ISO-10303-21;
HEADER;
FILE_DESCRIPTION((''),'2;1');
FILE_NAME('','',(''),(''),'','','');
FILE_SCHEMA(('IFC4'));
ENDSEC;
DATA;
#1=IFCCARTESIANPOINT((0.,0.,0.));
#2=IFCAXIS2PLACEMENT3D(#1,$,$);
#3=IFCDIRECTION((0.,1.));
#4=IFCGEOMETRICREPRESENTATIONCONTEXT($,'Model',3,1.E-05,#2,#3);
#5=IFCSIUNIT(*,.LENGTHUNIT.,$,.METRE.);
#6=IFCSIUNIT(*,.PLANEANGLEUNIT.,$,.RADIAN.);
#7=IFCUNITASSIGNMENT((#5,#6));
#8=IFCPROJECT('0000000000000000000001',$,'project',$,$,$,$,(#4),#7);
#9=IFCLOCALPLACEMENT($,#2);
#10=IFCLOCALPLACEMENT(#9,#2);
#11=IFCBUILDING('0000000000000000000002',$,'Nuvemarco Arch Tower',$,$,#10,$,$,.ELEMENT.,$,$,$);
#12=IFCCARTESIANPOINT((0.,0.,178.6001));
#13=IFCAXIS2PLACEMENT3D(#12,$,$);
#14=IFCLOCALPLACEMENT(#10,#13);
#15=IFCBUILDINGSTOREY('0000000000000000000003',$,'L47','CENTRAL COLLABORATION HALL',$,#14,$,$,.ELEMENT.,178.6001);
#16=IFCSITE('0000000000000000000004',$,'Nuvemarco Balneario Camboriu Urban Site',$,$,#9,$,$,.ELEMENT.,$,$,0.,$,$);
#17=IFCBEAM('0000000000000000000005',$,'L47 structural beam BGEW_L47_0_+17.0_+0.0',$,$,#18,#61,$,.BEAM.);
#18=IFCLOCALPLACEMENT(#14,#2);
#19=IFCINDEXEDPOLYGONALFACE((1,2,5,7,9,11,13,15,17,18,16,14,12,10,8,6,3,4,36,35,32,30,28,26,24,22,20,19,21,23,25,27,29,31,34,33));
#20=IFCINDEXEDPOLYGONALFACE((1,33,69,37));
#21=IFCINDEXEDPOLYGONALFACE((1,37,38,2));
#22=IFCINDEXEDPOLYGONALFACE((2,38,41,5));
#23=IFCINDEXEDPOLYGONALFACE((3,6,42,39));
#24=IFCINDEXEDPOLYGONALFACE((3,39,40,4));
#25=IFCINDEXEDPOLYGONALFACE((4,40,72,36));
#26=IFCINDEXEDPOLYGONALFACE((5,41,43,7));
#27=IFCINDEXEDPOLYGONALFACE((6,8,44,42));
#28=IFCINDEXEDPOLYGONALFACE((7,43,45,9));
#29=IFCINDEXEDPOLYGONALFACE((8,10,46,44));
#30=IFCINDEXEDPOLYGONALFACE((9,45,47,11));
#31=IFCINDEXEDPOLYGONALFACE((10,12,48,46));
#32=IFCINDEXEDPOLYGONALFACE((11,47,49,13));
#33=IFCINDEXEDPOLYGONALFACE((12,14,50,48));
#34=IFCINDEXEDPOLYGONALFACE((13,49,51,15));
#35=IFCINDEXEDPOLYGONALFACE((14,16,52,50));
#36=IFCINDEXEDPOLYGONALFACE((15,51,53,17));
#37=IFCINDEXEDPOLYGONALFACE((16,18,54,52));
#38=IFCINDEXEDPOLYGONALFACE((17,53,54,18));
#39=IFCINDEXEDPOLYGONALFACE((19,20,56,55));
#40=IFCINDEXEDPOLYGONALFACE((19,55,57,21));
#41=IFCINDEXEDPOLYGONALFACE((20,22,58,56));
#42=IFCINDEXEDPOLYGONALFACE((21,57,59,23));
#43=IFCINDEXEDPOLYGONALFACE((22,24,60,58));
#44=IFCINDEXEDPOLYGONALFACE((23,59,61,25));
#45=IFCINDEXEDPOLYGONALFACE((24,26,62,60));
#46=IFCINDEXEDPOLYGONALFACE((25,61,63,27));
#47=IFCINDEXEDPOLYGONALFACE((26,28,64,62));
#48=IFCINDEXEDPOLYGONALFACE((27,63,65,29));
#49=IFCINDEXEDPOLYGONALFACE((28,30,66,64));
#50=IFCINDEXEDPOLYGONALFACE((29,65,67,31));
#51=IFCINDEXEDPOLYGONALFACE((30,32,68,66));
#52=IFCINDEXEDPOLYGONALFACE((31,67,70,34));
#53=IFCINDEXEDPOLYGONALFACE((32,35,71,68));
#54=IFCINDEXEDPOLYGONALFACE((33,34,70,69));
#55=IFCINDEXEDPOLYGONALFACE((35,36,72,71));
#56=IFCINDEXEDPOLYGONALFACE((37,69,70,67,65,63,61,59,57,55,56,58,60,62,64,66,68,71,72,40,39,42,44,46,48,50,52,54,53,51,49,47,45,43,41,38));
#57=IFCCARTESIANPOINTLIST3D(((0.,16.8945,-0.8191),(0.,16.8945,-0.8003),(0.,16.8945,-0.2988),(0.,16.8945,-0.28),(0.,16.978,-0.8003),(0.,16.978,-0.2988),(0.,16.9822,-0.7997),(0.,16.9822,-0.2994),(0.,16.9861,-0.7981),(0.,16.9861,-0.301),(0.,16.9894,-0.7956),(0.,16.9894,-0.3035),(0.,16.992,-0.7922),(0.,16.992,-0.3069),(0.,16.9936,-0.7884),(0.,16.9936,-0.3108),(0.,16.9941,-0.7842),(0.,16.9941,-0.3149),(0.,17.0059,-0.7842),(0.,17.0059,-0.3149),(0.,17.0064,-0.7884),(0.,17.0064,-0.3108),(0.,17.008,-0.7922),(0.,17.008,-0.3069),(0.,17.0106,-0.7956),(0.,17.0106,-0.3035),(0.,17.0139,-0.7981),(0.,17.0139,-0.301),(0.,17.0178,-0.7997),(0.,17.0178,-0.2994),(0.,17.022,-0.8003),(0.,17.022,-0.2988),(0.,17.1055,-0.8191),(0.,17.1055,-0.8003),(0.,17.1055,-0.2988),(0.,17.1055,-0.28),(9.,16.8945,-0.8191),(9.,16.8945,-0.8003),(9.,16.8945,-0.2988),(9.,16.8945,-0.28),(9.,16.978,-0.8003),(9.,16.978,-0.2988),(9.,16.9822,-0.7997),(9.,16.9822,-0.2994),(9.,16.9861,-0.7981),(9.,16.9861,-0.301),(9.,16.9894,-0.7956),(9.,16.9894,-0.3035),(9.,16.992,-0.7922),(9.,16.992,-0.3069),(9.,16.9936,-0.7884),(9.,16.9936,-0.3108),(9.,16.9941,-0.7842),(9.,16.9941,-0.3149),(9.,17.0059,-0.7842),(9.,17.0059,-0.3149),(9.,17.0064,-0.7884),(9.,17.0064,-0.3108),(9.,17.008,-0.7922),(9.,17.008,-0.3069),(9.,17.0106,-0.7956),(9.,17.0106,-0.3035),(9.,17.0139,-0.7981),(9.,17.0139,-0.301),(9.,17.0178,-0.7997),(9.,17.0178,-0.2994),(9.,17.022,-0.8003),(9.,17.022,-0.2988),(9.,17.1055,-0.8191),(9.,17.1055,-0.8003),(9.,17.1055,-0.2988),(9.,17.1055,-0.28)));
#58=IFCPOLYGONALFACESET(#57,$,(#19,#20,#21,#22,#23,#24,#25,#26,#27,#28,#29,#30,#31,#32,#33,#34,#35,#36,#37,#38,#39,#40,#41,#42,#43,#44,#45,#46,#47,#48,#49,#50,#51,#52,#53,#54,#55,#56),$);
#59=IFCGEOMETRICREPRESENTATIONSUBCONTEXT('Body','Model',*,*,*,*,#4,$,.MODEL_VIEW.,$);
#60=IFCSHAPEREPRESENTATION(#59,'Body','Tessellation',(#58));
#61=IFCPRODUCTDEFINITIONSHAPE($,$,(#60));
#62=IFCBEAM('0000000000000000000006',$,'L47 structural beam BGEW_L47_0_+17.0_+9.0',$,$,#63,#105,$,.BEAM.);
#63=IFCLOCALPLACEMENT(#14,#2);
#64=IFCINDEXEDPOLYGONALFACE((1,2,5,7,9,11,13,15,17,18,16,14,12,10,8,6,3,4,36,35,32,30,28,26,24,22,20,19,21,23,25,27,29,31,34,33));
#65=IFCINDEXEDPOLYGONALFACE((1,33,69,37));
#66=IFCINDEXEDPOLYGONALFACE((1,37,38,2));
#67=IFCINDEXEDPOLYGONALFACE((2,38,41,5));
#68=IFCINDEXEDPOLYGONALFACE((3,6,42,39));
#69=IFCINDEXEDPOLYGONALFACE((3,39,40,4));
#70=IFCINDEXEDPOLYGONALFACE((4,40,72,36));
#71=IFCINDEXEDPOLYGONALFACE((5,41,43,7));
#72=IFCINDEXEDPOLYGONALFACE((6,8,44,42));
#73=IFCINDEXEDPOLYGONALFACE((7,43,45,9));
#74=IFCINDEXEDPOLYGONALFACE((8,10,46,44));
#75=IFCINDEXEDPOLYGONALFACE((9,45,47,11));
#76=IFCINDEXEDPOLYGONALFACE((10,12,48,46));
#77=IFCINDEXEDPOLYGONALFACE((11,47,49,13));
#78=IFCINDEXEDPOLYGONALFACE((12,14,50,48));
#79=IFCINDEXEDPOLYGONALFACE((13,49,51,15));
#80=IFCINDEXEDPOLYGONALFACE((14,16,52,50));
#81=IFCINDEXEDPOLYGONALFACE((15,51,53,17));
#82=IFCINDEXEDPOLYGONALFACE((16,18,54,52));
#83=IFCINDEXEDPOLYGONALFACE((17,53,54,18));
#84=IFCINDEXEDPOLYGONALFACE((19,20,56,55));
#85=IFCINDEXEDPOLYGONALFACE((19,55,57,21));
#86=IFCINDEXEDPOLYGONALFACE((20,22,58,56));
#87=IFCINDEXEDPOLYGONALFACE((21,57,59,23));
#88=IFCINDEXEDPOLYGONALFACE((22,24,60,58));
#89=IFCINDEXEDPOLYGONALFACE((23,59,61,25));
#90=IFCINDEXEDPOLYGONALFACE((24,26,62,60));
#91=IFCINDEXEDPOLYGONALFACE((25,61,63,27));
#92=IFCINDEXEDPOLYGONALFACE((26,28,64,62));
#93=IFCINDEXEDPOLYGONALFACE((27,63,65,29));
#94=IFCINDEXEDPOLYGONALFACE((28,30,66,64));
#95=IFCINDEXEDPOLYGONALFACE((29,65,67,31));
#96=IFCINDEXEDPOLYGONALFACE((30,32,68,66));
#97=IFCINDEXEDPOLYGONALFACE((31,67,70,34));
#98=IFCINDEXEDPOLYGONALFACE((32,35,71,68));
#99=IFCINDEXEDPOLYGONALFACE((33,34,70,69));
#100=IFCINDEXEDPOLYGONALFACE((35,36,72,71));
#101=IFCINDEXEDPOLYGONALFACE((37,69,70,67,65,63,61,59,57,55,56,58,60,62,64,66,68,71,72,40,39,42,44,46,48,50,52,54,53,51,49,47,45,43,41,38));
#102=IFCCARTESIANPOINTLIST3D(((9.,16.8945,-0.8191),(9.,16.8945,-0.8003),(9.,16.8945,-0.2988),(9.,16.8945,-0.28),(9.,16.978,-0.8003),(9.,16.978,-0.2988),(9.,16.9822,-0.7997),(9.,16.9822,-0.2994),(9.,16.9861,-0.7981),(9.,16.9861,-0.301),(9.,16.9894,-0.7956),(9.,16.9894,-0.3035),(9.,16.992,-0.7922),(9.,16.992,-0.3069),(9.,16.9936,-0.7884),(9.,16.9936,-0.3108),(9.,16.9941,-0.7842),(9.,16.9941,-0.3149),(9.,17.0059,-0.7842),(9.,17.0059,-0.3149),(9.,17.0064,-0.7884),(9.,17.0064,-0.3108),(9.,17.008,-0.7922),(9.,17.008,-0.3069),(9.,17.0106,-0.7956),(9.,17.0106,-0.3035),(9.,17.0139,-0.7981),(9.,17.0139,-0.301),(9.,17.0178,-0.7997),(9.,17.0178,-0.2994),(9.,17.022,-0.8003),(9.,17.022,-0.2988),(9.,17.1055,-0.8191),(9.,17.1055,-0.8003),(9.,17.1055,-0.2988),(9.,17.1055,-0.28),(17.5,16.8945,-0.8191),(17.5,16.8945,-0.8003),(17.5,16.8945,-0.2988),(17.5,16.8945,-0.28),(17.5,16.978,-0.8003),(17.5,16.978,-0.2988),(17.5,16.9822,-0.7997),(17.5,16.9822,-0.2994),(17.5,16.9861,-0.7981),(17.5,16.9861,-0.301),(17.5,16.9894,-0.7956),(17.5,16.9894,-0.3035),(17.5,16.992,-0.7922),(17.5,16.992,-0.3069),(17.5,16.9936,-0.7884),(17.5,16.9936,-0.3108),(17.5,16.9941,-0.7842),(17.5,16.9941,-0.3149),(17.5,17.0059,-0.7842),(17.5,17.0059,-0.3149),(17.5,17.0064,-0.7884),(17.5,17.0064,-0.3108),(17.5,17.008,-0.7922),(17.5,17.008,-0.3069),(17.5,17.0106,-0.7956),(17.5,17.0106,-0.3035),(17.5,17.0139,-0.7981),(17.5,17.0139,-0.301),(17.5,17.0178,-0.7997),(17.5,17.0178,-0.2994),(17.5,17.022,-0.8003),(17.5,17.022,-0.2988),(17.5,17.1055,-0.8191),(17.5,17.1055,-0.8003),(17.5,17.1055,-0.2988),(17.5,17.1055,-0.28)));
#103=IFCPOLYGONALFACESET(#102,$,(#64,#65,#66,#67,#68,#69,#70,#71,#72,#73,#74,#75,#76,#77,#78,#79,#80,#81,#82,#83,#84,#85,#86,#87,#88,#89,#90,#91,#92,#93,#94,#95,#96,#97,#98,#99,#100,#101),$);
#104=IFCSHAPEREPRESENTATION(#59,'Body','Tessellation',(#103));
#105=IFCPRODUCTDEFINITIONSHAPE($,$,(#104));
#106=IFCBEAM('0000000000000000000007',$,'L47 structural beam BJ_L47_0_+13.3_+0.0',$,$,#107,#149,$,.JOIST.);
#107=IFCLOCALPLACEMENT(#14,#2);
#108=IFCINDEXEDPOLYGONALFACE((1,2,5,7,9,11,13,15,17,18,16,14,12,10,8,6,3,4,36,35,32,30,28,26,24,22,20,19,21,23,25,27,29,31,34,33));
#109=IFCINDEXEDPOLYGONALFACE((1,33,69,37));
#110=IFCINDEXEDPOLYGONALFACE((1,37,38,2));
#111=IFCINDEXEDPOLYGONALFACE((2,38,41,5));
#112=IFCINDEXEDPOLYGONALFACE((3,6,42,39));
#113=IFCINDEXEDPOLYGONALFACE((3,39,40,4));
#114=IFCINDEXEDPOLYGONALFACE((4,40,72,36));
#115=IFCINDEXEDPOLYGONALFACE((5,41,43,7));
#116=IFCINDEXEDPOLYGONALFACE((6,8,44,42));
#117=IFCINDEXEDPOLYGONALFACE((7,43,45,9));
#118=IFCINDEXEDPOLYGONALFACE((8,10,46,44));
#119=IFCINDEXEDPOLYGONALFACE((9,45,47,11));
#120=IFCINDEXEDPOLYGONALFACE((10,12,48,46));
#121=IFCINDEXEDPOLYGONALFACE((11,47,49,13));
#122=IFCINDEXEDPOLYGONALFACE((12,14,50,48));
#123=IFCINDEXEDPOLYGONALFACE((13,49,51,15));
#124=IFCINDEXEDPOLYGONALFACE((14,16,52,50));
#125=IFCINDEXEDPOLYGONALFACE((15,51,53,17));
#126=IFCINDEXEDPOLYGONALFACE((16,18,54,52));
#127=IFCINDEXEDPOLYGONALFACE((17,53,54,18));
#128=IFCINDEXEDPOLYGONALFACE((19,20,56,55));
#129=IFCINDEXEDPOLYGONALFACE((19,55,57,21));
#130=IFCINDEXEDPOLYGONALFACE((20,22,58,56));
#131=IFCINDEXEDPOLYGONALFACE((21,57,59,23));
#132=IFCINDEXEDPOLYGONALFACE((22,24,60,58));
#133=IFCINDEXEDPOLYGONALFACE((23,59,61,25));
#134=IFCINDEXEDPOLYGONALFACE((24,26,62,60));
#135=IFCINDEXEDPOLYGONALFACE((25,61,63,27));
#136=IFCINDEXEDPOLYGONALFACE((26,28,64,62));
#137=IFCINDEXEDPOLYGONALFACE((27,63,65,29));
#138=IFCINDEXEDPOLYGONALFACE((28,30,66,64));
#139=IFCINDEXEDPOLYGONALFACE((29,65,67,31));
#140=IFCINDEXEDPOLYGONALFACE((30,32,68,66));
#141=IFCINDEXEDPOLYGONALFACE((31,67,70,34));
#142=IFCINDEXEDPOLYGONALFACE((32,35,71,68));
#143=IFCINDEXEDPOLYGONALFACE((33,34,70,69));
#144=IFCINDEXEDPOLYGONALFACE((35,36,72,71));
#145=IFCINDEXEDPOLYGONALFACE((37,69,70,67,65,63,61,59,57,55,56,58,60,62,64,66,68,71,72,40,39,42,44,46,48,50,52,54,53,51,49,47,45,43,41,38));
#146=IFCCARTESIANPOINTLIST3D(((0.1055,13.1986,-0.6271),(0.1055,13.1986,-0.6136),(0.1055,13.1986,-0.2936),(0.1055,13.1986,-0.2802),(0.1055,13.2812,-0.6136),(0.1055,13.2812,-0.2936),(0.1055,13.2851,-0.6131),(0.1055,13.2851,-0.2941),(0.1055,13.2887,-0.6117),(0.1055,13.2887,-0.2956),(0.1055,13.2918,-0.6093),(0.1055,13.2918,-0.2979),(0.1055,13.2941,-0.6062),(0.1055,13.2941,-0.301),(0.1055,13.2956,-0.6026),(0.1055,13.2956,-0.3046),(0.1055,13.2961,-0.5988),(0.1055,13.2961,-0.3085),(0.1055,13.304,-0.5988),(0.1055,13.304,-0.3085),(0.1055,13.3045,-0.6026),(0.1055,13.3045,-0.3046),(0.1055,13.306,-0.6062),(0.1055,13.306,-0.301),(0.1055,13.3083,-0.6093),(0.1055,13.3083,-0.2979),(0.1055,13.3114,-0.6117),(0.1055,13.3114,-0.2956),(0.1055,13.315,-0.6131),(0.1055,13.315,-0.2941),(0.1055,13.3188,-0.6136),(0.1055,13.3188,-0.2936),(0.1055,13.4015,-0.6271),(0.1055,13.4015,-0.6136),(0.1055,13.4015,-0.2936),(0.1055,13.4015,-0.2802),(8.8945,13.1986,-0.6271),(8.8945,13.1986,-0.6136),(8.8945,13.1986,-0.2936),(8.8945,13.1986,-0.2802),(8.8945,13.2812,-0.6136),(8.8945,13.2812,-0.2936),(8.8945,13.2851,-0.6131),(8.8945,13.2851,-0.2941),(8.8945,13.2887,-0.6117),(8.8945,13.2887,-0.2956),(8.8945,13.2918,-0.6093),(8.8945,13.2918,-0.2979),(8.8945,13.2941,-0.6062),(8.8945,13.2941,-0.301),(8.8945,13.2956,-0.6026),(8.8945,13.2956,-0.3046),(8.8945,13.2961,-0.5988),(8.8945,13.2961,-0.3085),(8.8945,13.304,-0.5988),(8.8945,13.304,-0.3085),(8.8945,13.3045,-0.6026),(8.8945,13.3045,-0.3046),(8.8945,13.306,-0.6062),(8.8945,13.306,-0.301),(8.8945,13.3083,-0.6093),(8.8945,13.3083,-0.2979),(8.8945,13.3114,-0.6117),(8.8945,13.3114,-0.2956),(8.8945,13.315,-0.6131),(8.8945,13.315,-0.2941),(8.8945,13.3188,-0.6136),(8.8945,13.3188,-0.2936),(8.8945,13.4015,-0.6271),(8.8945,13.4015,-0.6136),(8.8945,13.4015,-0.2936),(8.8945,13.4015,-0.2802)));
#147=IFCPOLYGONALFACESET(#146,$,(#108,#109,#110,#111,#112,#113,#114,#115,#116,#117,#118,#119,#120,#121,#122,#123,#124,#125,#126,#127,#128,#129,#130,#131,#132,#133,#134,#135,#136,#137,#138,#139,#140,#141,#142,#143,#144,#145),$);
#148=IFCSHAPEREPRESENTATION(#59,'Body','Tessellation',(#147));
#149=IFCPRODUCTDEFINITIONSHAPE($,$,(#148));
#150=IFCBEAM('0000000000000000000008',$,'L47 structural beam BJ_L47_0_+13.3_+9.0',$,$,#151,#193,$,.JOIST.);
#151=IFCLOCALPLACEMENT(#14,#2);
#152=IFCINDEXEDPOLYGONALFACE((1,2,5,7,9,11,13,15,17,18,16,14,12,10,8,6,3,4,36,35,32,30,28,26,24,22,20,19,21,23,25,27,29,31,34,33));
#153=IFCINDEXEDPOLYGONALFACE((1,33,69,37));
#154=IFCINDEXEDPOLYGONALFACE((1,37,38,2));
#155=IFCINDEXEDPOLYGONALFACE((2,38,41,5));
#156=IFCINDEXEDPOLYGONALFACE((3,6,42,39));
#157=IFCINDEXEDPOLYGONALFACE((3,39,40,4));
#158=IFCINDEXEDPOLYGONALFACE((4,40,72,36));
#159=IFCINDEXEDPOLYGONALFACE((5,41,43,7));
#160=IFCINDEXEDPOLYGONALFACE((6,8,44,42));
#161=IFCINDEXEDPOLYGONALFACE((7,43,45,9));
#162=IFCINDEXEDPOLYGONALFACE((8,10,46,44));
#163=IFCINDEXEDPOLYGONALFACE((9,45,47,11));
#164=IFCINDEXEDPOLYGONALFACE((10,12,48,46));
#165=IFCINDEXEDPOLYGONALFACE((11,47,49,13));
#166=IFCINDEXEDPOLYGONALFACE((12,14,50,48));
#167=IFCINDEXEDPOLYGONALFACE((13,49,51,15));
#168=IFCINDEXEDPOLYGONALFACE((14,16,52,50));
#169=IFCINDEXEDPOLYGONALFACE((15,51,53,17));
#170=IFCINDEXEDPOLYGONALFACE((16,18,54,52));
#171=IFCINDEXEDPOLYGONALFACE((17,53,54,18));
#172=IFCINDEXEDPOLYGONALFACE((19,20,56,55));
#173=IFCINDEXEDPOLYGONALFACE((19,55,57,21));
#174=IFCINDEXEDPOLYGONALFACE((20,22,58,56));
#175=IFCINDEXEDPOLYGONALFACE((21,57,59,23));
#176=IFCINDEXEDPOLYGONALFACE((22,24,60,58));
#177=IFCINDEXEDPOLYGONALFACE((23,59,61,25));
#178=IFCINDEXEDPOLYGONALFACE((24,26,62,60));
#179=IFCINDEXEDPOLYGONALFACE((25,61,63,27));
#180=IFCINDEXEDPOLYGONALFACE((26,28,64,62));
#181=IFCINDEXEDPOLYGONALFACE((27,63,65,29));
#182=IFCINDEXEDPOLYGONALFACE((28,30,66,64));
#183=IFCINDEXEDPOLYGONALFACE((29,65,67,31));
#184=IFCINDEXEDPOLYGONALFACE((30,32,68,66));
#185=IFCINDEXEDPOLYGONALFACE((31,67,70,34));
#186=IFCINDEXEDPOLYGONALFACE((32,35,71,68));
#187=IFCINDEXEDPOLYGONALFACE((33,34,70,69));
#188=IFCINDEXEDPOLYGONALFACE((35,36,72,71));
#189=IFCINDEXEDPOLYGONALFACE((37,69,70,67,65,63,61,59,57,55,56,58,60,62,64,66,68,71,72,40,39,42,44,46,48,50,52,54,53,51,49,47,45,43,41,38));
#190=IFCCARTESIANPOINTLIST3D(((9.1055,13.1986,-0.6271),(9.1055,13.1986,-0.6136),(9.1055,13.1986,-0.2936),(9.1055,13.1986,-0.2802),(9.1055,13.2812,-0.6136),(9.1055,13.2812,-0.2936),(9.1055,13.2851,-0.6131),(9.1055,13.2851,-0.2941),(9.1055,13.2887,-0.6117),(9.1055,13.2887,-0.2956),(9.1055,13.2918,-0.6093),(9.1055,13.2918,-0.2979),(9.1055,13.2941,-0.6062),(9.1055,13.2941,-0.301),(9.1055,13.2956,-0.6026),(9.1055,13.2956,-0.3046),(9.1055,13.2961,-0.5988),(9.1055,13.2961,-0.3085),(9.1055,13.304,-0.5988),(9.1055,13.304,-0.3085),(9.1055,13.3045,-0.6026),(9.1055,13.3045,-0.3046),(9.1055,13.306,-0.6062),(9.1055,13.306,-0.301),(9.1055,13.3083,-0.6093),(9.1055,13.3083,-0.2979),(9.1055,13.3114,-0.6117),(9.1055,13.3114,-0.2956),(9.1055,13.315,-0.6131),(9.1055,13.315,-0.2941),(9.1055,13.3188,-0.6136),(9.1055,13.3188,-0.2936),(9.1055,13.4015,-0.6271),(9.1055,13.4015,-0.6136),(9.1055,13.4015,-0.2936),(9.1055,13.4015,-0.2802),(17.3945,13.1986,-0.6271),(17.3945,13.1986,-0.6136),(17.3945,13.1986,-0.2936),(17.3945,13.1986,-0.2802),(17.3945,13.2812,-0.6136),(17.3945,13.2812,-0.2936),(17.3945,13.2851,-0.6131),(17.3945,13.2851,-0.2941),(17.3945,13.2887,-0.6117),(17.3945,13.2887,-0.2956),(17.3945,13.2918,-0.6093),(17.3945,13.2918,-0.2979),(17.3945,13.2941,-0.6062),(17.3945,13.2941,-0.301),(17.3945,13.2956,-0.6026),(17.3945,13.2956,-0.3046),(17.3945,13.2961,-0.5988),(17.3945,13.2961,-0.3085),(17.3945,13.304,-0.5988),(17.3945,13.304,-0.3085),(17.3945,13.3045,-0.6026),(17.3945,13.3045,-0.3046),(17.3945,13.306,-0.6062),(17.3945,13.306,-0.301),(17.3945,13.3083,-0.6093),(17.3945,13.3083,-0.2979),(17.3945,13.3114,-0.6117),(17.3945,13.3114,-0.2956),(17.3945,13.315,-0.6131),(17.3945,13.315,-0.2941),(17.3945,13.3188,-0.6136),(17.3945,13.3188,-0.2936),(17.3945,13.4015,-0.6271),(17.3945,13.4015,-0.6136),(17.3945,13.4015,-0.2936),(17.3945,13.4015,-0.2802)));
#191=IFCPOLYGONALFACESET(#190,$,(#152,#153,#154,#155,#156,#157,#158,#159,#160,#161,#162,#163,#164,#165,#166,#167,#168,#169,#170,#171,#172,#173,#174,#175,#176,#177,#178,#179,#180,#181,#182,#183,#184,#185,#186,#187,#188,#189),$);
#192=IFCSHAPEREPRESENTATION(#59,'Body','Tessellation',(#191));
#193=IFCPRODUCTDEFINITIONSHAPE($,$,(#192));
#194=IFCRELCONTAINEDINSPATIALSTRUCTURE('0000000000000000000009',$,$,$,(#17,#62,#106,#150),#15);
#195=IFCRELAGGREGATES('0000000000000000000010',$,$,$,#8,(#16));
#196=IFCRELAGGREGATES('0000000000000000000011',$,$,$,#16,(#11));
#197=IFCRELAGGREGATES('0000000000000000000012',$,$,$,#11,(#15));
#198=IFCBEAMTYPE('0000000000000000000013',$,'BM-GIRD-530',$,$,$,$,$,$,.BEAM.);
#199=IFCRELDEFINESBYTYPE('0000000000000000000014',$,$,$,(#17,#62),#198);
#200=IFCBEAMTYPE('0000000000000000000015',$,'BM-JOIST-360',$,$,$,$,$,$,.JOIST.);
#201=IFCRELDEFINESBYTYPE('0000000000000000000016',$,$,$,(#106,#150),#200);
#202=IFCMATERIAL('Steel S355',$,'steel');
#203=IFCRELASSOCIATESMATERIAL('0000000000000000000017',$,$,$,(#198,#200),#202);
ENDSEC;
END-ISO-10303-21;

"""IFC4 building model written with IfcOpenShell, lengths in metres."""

from ifc_helpers import new_model, si_unit, direction, frame, origin, origin_2d, place, context, subcontext, project, spatial, i_section, extrude, material, material_profile, profile_set, type_object, element, save


model = new_model("IFC4")

# Units and contexts
model_context = context("Model", 3, precision=1e-05, world=origin(), true_north=direction((0.0, 1.0)))
body_context = subcontext(model_context, "Body", "Model", "MODEL_VIEW")
ifc_project = project(units=[si_unit("LENGTHUNIT", "METRE"), si_unit("PLANEANGLEUNIT", "RADIAN")], contexts=[model_context])

# Site, building, storey
site_placement = place(None, origin())
site = spatial("IfcSite", under=ifc_project, at=site_placement, Name="Nuvemarco Balneario Camboriu Urban Site", CompositionType="ELEMENT", RefElevation=0.0)
building_placement = place(site_placement, origin())
building = spatial("IfcBuilding", under=site, at=building_placement, Name="Nuvemarco Arch Tower", CompositionType="ELEMENT")
storey_placement = place(building_placement, frame((0.0, 0.0, 178.6001)))
storey = spatial("IfcBuildingStorey", under=building, at=storey_placement, Name="L47", Description="CENTRAL COLLABORATION HALL", CompositionType="ELEMENT", Elevation=178.6001)

# Shared definitions
ifc_material_1 = material(Name="Steel S355", Category="steel")

# Beams
ifc_material_profile_1 = material_profile(ifc_material_1, i_section(OverallWidth=0.2109, OverallDepth=0.5391, WebThickness=0.0117, FlangeThickness=0.0188, FilletRadius=0.0161, at=origin_2d()), Name="W530x109")
ifc_profile_set_1 = profile_set([ifc_material_profile_1], Name="Steel S355")
beam_type_1 = type_object("IfcBeamType", Name="BM-GIRD-530", PredefinedType="BEAM", material=ifc_profile_set_1)
beam_1_placement = place(storey_placement, frame((0.0, 17.0, -0.5496), z_axis=(1.0, 0.0, 0.0), x_axis=(0.0, 1.0, 0.0)))
element("IfcBeam", 1, at=beam_1_placement, inside=storey, type_object=beam_type_1, Name="L47 structural beam BGEW_L47_0_+17.0_+0.0", PredefinedType="BEAM", context=body_context, shape_type="SweptSolid", body=[
    extrude(i_section(OverallWidth=0.2109, OverallDepth=0.5391, WebThickness=0.0117, FlangeThickness=0.0188, FilletRadius=0.0161, at=origin_2d()), origin(), (0.0, 0.0, 1.0), 9.0),
])
beam_2_placement = place(storey_placement, frame((9.0, 17.0, -0.5496), z_axis=(1.0, 0.0, 0.0), x_axis=(0.0, 1.0, 0.0)))
element("IfcBeam", 2, at=beam_2_placement, inside=storey, type_object=beam_type_1, Name="L47 structural beam BGEW_L47_0_+17.0_+9.0", PredefinedType="BEAM", context=body_context, shape_type="SweptSolid", body=[
    extrude(i_section(OverallWidth=0.2109, OverallDepth=0.5391, WebThickness=0.0117, FlangeThickness=0.0188, FilletRadius=0.0161, at=origin_2d()), origin(), (0.0, 0.0, 1.0), 8.5),
])
ifc_material_profile_2 = material_profile(ifc_material_1, i_section(OverallWidth=0.2029, OverallDepth=0.3469, WebThickness=0.0078, FlangeThickness=0.0134, FilletRadius=0.0149, at=origin_2d()), Name="W360x64")
ifc_profile_set_2 = profile_set([ifc_material_profile_2], Name="Steel S355")
beam_type_2 = type_object("IfcBeamType", Name="BM-JOIST-360", PredefinedType="JOIST", material=ifc_profile_set_2)
beam_3_placement = place(storey_placement, frame((0.1055, 13.3, -0.4536), z_axis=(1.0, 0.0, 0.0), x_axis=(0.0, 1.0, 0.0)))
element("IfcBeam", 3, at=beam_3_placement, inside=storey, type_object=beam_type_2, Name="L47 structural beam BJ_L47_0_+13.3_+0.0", PredefinedType="JOIST", context=body_context, shape_type="SweptSolid", body=[
    extrude(i_section(OverallWidth=0.2029, OverallDepth=0.3469, WebThickness=0.0078, FlangeThickness=0.0134, FilletRadius=0.0149, at=origin_2d()), origin(), (0.0, 0.0, 1.0), 8.7891),
])
beam_4_placement = place(storey_placement, frame((9.1055, 13.3, -0.4536), z_axis=(1.0, 0.0, 0.0), x_axis=(0.0, 1.0, 0.0)))
element("IfcBeam", 4, at=beam_4_placement, inside=storey, type_object=beam_type_2, Name="L47 structural beam BJ_L47_0_+13.3_+9.0", PredefinedType="JOIST", context=body_context, shape_type="SweptSolid", body=[
    extrude(i_section(OverallWidth=0.2029, OverallDepth=0.3469, WebThickness=0.0078, FlangeThickness=0.0134, FilletRadius=0.0149, at=origin_2d()), origin(), (0.0, 0.0, 1.0), 8.2891),
])

save(model, "model.ifc")
